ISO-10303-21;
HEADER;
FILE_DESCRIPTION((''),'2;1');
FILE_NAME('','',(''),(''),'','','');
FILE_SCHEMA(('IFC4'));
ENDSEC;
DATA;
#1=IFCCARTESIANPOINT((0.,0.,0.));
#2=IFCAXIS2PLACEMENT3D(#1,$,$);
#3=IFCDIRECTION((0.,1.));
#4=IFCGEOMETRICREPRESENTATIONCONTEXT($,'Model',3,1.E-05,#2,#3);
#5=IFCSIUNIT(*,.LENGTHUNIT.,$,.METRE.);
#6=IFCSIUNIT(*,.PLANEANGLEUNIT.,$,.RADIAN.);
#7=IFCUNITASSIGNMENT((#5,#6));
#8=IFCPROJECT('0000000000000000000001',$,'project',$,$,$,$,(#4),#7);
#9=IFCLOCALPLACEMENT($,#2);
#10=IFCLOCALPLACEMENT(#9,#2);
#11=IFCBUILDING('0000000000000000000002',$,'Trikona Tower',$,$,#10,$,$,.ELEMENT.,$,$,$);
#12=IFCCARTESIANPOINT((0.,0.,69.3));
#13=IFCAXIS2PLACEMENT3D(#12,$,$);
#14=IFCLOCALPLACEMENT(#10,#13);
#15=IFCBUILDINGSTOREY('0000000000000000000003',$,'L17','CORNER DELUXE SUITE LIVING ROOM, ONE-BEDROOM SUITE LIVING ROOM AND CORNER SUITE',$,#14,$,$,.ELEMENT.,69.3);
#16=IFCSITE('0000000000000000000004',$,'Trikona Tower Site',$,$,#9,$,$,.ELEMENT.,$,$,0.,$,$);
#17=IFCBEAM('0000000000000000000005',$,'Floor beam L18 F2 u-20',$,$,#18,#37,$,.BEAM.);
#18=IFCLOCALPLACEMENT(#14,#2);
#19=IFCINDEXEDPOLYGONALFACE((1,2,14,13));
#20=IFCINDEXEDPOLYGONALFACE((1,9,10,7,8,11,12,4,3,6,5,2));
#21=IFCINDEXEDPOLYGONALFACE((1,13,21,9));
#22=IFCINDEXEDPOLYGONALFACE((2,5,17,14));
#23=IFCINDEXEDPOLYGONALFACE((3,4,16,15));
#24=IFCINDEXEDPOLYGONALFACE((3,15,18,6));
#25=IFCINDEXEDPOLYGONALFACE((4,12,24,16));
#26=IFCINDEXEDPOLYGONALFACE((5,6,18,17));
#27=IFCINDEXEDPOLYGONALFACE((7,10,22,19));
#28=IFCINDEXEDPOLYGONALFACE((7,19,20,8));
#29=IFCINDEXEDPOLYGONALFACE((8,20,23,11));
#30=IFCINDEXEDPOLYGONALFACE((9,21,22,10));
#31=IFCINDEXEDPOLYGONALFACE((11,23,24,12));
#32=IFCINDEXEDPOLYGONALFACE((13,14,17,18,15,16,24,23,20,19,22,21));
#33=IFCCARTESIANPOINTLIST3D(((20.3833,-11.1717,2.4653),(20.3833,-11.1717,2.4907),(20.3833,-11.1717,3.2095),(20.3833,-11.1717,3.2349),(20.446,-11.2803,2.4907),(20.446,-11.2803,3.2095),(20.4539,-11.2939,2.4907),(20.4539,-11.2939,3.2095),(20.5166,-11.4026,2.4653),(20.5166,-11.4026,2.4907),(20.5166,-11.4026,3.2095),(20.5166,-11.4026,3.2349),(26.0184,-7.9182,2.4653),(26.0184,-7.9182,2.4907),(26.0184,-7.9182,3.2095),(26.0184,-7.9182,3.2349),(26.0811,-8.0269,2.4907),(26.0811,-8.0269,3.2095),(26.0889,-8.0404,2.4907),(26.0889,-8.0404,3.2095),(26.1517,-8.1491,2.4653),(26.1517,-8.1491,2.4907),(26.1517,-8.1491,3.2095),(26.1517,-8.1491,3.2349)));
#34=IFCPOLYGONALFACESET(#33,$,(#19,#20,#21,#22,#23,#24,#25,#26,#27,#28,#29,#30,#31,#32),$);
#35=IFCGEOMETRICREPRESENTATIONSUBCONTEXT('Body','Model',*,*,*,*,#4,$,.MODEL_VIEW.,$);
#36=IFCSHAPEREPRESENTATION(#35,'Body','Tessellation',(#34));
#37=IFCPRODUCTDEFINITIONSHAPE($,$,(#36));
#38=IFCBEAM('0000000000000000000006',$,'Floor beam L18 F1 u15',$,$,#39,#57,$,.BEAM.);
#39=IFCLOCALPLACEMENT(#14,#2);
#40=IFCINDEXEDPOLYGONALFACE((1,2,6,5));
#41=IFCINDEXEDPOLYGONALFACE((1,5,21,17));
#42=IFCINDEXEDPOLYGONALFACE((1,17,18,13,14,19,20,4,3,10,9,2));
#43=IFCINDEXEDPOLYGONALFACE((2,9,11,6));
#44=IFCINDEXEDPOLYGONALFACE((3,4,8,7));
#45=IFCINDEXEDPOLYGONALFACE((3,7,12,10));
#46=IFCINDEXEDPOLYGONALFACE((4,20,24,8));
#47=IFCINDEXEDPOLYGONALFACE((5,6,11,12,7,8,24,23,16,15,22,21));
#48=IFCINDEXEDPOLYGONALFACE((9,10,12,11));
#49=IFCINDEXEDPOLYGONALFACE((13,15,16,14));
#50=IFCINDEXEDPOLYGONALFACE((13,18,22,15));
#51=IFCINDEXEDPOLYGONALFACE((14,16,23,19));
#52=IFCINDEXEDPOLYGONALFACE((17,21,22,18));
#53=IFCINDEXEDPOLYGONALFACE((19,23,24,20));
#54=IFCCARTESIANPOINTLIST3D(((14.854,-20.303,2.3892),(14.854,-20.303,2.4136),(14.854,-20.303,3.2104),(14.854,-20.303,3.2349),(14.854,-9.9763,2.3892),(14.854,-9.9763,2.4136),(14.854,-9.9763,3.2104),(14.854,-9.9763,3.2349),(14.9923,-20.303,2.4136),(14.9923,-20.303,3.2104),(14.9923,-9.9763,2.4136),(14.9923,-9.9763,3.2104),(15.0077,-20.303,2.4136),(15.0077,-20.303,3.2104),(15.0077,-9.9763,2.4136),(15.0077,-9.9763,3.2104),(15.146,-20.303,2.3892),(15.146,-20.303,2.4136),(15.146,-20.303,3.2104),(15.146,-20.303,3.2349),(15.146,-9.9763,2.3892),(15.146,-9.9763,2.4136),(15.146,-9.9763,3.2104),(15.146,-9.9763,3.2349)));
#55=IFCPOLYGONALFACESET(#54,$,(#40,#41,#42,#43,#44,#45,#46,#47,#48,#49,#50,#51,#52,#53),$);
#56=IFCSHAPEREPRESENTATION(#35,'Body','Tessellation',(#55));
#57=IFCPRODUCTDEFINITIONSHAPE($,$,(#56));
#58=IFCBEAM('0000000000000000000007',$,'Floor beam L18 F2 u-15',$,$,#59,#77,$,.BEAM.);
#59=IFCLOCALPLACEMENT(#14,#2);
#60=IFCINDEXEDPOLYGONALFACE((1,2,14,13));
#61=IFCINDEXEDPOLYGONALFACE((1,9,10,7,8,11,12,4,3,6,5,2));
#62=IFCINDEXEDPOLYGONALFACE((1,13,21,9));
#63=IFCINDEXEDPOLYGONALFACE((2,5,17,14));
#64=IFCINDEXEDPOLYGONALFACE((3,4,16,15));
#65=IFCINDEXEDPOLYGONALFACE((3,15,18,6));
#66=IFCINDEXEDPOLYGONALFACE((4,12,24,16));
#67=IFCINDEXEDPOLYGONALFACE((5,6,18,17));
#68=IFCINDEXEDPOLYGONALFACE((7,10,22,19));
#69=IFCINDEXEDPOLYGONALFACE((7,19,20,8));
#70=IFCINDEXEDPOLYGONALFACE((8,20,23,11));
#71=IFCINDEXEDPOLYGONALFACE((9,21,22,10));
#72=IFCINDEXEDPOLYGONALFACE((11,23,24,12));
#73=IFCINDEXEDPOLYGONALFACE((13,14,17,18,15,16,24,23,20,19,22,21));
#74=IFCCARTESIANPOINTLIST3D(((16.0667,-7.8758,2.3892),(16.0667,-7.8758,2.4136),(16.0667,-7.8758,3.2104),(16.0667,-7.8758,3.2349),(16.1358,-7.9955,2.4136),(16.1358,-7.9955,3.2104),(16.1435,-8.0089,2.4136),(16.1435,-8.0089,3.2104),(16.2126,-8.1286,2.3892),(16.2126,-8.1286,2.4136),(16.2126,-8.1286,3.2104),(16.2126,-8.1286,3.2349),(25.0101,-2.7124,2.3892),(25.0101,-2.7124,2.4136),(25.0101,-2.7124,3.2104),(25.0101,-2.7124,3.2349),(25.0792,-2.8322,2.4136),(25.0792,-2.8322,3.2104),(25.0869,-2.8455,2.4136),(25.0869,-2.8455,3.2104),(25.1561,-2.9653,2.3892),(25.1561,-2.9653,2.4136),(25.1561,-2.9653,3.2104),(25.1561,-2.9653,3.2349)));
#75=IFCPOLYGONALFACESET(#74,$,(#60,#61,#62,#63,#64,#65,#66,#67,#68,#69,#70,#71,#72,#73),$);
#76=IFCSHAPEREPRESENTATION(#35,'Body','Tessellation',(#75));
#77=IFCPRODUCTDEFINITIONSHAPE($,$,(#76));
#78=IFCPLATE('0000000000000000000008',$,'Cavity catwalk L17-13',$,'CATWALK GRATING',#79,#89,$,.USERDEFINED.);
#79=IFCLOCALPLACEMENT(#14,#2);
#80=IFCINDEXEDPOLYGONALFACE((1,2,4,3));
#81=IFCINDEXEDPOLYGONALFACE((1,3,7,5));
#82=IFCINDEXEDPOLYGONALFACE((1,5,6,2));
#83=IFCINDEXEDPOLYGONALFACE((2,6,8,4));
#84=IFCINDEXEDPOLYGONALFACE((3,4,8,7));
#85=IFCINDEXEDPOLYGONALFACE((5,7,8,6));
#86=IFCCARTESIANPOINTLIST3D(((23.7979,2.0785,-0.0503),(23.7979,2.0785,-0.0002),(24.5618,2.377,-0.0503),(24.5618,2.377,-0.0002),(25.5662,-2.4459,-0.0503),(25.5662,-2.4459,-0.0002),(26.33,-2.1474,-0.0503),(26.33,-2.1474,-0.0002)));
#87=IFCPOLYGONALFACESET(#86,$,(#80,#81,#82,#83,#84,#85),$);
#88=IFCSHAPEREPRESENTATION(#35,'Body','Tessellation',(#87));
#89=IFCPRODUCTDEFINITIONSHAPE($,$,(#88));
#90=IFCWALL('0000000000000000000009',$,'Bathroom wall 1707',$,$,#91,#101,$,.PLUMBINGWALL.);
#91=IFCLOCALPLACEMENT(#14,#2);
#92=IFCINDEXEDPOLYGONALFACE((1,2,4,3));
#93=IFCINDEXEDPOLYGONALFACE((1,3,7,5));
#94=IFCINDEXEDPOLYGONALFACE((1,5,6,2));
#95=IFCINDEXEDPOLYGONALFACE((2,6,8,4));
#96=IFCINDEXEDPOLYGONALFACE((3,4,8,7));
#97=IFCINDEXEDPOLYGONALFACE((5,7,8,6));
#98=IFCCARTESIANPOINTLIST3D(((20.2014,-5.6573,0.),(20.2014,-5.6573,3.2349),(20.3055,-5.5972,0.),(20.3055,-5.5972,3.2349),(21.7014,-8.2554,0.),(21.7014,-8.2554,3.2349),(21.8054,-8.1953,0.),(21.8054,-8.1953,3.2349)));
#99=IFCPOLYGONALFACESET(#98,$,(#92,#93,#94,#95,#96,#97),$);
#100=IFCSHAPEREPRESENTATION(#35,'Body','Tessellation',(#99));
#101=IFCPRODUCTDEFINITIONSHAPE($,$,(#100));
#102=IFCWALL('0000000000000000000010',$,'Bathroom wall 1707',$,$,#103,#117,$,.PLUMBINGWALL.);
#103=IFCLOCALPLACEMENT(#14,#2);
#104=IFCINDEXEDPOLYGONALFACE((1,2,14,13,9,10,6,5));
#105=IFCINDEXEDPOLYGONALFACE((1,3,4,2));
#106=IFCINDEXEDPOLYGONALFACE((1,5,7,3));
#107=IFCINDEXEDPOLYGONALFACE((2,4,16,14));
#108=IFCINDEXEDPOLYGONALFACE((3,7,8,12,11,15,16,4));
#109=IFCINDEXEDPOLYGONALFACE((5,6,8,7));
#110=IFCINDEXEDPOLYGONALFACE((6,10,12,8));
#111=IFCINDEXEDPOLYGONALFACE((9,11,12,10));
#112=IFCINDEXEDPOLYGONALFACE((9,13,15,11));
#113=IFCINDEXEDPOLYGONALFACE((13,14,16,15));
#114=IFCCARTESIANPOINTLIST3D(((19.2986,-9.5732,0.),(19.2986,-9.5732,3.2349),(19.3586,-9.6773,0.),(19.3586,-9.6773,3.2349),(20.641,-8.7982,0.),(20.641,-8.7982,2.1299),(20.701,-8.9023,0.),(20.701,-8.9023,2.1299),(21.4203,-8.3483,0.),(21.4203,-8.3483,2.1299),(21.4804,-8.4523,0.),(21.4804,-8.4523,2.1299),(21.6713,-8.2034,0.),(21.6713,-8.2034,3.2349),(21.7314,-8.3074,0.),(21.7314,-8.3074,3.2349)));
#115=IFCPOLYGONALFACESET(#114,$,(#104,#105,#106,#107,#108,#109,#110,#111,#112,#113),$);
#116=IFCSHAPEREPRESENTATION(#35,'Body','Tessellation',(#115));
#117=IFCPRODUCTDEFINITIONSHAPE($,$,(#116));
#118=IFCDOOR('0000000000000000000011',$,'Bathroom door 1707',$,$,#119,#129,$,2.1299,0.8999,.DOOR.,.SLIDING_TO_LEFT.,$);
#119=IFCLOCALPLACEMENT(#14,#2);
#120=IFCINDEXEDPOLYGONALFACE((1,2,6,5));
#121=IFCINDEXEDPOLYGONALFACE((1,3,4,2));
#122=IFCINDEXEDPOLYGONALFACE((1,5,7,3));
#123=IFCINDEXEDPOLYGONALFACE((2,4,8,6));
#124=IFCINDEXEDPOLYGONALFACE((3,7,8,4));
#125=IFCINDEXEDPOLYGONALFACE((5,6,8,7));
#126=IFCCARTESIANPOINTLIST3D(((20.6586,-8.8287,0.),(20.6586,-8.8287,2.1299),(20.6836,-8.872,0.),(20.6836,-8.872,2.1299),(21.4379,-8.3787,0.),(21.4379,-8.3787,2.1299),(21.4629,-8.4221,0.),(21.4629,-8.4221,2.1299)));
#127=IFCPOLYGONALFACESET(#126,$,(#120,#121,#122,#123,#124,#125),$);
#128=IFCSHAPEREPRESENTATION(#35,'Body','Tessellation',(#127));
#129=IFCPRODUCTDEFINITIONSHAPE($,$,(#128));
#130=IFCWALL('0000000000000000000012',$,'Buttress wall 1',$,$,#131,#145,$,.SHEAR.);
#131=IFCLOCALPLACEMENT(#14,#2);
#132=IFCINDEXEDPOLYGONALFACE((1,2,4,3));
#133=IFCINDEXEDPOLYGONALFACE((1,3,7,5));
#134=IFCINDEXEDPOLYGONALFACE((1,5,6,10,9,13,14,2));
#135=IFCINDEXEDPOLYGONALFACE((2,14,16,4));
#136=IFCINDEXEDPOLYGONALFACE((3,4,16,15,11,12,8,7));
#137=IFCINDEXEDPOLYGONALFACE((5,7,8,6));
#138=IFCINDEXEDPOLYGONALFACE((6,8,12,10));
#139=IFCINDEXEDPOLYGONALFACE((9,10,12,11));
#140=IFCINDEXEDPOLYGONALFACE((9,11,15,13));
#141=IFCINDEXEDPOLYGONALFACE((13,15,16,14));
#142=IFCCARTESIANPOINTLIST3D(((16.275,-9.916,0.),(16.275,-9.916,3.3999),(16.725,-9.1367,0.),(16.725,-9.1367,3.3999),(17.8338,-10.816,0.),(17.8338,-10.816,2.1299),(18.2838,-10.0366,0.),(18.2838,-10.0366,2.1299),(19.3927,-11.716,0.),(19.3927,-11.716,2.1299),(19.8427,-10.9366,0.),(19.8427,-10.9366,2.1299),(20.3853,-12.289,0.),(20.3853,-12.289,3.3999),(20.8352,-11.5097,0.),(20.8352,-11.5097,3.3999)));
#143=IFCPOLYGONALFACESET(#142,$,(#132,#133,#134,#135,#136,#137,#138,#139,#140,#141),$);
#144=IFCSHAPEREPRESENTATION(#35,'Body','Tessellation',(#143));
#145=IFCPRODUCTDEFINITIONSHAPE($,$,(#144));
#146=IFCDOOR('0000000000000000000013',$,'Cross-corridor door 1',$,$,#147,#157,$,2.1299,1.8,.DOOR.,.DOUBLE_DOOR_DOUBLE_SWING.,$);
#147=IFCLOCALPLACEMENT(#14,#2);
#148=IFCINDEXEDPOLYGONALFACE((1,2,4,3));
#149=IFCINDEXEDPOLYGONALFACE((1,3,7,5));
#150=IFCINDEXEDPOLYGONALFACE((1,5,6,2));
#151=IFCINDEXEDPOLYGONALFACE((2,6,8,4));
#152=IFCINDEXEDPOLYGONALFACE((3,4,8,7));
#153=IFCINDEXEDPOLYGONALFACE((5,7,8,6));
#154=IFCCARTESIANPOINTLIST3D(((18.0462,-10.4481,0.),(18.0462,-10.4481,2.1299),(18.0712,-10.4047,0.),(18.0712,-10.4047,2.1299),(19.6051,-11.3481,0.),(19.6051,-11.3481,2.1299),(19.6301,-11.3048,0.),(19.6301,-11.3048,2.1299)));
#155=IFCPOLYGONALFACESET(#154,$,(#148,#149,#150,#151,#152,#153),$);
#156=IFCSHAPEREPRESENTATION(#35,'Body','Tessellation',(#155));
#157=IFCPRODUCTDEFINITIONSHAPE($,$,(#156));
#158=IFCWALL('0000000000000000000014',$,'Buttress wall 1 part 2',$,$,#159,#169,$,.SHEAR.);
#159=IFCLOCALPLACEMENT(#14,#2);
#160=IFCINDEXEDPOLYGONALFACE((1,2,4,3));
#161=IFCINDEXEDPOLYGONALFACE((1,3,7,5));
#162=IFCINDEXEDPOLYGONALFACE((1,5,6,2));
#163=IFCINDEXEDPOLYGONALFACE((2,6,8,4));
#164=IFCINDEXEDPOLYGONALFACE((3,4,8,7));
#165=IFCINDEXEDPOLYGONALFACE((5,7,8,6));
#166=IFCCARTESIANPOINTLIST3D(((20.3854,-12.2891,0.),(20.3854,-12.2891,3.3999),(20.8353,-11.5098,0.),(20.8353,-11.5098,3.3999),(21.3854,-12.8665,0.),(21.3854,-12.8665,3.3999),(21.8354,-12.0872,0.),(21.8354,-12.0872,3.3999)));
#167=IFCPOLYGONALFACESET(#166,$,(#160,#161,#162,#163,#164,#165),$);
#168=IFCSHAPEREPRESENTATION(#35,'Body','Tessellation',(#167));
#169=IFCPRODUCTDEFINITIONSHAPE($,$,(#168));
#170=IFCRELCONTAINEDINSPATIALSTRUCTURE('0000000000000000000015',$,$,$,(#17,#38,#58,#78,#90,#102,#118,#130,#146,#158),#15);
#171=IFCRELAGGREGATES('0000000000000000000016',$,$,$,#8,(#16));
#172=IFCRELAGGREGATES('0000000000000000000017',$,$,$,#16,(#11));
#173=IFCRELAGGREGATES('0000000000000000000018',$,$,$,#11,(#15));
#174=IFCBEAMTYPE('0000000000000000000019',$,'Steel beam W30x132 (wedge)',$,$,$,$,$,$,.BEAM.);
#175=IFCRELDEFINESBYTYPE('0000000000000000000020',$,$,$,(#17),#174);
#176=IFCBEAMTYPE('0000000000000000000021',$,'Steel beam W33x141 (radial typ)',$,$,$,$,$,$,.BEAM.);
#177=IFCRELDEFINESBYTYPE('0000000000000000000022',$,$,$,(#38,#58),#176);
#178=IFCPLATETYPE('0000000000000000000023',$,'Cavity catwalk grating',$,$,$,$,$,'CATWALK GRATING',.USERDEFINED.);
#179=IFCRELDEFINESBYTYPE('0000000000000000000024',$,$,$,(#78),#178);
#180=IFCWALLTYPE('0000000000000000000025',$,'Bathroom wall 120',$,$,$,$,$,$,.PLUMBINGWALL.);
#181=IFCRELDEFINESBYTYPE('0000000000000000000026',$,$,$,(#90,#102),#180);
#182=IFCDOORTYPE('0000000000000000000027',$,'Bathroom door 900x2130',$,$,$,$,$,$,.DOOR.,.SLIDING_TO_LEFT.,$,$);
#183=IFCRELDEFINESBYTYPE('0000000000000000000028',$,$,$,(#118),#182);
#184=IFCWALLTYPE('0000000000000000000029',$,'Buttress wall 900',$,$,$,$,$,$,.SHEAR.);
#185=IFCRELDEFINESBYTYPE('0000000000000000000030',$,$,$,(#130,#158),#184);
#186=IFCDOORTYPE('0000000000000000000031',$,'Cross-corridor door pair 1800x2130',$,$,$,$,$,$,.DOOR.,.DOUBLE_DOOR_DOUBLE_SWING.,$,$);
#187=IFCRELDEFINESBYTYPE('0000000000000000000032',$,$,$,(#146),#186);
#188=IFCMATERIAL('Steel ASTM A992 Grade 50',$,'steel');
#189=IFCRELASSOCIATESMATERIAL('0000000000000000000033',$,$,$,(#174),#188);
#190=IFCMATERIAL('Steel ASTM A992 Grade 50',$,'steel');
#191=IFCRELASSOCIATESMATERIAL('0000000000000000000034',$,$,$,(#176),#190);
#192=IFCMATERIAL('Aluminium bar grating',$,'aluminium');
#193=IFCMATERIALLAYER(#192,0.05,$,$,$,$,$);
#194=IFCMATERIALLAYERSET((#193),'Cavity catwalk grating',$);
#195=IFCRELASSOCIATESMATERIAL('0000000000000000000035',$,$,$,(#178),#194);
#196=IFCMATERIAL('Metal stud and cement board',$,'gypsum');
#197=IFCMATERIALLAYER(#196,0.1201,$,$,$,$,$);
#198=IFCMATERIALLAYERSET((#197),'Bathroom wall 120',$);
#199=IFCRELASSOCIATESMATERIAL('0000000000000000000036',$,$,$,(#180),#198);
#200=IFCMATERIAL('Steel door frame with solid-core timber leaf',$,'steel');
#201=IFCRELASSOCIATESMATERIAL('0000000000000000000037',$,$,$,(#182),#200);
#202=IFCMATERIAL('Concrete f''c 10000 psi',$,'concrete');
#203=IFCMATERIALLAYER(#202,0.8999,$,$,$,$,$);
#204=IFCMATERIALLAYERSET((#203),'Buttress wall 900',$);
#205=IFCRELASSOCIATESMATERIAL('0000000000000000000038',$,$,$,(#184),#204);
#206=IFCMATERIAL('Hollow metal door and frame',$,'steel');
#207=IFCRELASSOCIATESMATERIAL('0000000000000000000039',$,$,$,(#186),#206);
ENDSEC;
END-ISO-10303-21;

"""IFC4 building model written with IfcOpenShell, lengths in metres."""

from ifc_helpers import new_model, si_unit, direction, frame, frame_2d, origin, origin_2d, place, context, subcontext, project, spatial, rectangle, i_section, extrude, material, layer, layer_set, material_profile, profile_set, type_object, element, fill, save


model = new_model("IFC4")

# Units and contexts
model_context = context("Model", 3, precision=1e-05, world=origin(), true_north=direction((0.0, 1.0)))
body_context = subcontext(model_context, "Body", "Model", "MODEL_VIEW")
ifc_project = project(units=[si_unit("LENGTHUNIT", "METRE"), si_unit("PLANEANGLEUNIT", "RADIAN")], contexts=[model_context])

# Site, building, storey
site_placement = place(None, origin())
site = spatial("IfcSite", under=ifc_project, at=site_placement, Name="Trikona Tower Site", CompositionType="ELEMENT", RefElevation=0.0)
building_placement = place(site_placement, origin())
building = spatial("IfcBuilding", under=site, at=building_placement, Name="Trikona Tower", CompositionType="ELEMENT")
storey_placement = place(building_placement, frame((0.0, 0.0, 69.3)))
storey = spatial("IfcBuildingStorey", under=building, at=storey_placement, Name="L17", Description="CORNER DELUXE SUITE LIVING ROOM, ONE-BEDROOM SUITE LIVING ROOM AND CORNER SUITE", CompositionType="ELEMENT", Elevation=69.3)

# Beams
ifc_material_1 = material(Name="Steel ASTM A992 Grade 50", Category="steel")
ifc_material_profile_1 = material_profile(ifc_material_1, i_section(OverallWidth=0.2666, OverallDepth=0.7695, WebThickness=0.0156, FlangeThickness=0.0254, at=origin_2d()), Name="W30X132")
ifc_profile_set_1 = profile_set([ifc_material_profile_1], Name="Steel ASTM A992 Grade 50")
beam_type_1 = type_object("IfcBeamType", Name="Steel beam W30x132 (wedge)", PredefinedType="BEAM", material=ifc_profile_set_1)
beam_1_placement = place(storey_placement, frame((20.45, -11.2871, 2.8501), z_axis=(0.866023, 0.500005, 0.0), x_axis=(-0.500005, 0.866023, 0.0)))
element("IfcBeam", 1, at=beam_1_placement, inside=storey, type_object=beam_type_1, Name="Floor beam L18 F2 u-20", PredefinedType="BEAM", context=body_context, shape_type="SweptSolid", body=[
    extrude(i_section(OverallWidth=0.2666, OverallDepth=0.7695, WebThickness=0.0156, FlangeThickness=0.0254, at=origin_2d()), origin(), (0.0, 0.0, 1.0), 6.5068),
])
ifc_material_2 = material(Name="Steel ASTM A992 Grade 50", Category="steel")
ifc_material_profile_2 = material_profile(ifc_material_2, i_section(OverallWidth=0.292, OverallDepth=0.8457, WebThickness=0.0154, FlangeThickness=0.0244, at=origin_2d()), Name="W33X141")
ifc_profile_set_2 = profile_set([ifc_material_profile_2], Name="Steel ASTM A992 Grade 50")
beam_type_2 = type_object("IfcBeamType", Name="Steel beam W33x141 (radial typ)", PredefinedType="BEAM", material=ifc_profile_set_2)
beam_2_placement = place(storey_placement, frame((15.0, -9.9763, 2.812), z_axis=(0.0, -1.0, 0.0), x_axis=(1.0, 0.0, 0.0)))
element("IfcBeam", 2, at=beam_2_placement, inside=storey, type_object=beam_type_2, Name="Floor beam L18 F1 u15", PredefinedType="BEAM", context=body_context, shape_type="SweptSolid", body=[
    extrude(i_section(OverallWidth=0.292, OverallDepth=0.8457, WebThickness=0.0154, FlangeThickness=0.0244, at=origin_2d()), origin(), (0.0, 0.0, 1.0), 10.3267),
])
beam_3_placement = place(storey_placement, frame((16.1396, -8.0022, 2.812), z_axis=(0.86603, 0.499991, 0.0), x_axis=(-0.499991, 0.86603, 0.0)))
element("IfcBeam", 3, at=beam_3_placement, inside=storey, type_object=beam_type_2, Name="Floor beam L18 F2 u-15", PredefinedType="BEAM", context=body_context, shape_type="SweptSolid", body=[
    extrude(i_section(OverallWidth=0.292, OverallDepth=0.8457, WebThickness=0.0154, FlangeThickness=0.0244, at=origin_2d()), origin(), (0.0, 0.0, 1.0), 10.3269),
])

# Plate
ifc_material_3 = material(Name="Aluminium bar grating", Category="aluminium")
ifc_layer_1 = layer(ifc_material_3, 0.05)
ifc_layer_set_1 = layer_set([ifc_layer_1], Name="Cavity catwalk grating")
plate_type = type_object("IfcPlateType", Name="Cavity catwalk grating", ElementType="CATWALK GRATING", PredefinedType="USERDEFINED", material=ifc_layer_set_1)
plate_placement = place(storey_placement, frame((25.064, -0.0344, -0.0503), z_axis=(0.0, 0.0, 1.0), x_axis=(-0.364009, 0.931395, 0.0)))
element("IfcPlate", 4, at=plate_placement, inside=storey, type_object=plate_type, Name="Cavity catwalk L17-13", ObjectType="CATWALK GRATING", PredefinedType="USERDEFINED", context=body_context, shape_type="SweptSolid", body=[
    extrude(rectangle(XDim=4.8577, YDim=0.8201, at=origin_2d()), origin(), (0.0, 0.0, 1.0), 0.05),
])

# Wall
ifc_material_4 = material(Name="Metal stud and cement board", Category="gypsum")
ifc_layer_2 = layer(ifc_material_4, 0.1201)
ifc_layer_set_2 = layer_set([ifc_layer_2], Name="Bathroom wall 120")
wall_type_1 = type_object("IfcWallType", Name="Bathroom wall 120", PredefinedType="PLUMBINGWALL", material=ifc_layer_set_2)
wall_1_placement = place(storey_placement, frame((21.7534, -8.2253, 0.0), z_axis=(0.0, 0.0, 1.0), x_axis=(-0.49999, 0.866031, 0.0)))
element("IfcWall", 5, at=wall_1_placement, inside=storey, type_object=wall_type_1, Name="Bathroom wall 1707", PredefinedType="PLUMBINGWALL", context=body_context, shape_type="SweptSolid", body=[
    extrude(rectangle(XDim=3.0, YDim=0.1201, at=frame_2d((1.5, 0.0))), origin(), (0.0, 0.0, 1.0), 3.2349),
])

# Walls, openings, doors
wall_2_placement = place(storey_placement, frame((19.3286, -9.6252, 0.0), z_axis=(0.0, 0.0, 1.0), x_axis=(0.866036, 0.499982, 0.0)))
wall_2 = element("IfcWall", 6, at=wall_2_placement, inside=storey, type_object=wall_type_1, Name="Bathroom wall 1707", PredefinedType="PLUMBINGWALL", context=body_context, shape_type="SweptSolid", body=[
    extrude(rectangle(XDim=2.7397, YDim=0.1201, at=frame_2d((1.3699, 0.0))), origin(), (0.0, 0.0, 1.0), 3.2349),
])
opening_1_placement = place(wall_2_placement, frame((1.55, 0.0, 0.0)))
opening_1 = element("IfcOpeningElement", 7, at=opening_1_placement, cuts=wall_2, PredefinedType="OPENING", context=body_context, shape_type="SweptSolid", body=[
    extrude(rectangle(XDim=0.8999, YDim=2.1299, at=frame_2d((0.45, 1.0649))), frame((0.0, 0.0701, 0.0), z_axis=(0.0, -1.0, 0.0), x_axis=(1.0, 0.0, 0.0)), (0.0, 0.0, 1.0), 0.1401),
])
ifc_material_5 = material(Name="Steel door frame with solid-core timber leaf", Category="steel")
door_type_1 = type_object("IfcDoorType", Name="Bathroom door 900x2130", OperationType="SLIDING_TO_LEFT", PredefinedType="DOOR", material=ifc_material_5)
door_1_placement = place(opening_1_placement, origin())
door_1 = element("IfcDoor", 8, at=door_1_placement, inside=storey, type_object=door_type_1, Name="Bathroom door 1707", OperationType="SLIDING_TO_LEFT", OverallHeight=2.1299, OverallWidth=0.8999, PredefinedType="DOOR", context=body_context, shape_type="SweptSolid", body=[
    extrude(rectangle(XDim=0.8999, YDim=2.1299, at=frame_2d((0.45, 1.0649))), frame((0.0, 0.0249, 0.0), z_axis=(0.0, -1.0, 0.0), x_axis=(1.0, 0.0, 0.0)), (0.0, 0.0, 1.0), 0.05),
])
fill(opening_1, door_1)
ifc_material_6 = material(Name="Concrete f'c 10000 psi", Category="concrete")
ifc_layer_3 = layer(ifc_material_6, 0.8999)
ifc_layer_set_3 = layer_set([ifc_layer_3], Name="Buttress wall 900")
wall_type_2 = type_object("IfcWallType", Name="Buttress wall 900", PredefinedType="SHEAR", material=ifc_layer_set_3)
wall_3_placement = place(storey_placement, frame((16.5, -9.5264, 0.0), z_axis=(0.0, 0.0, 1.0), x_axis=(0.866031, -0.49999, 0.0)))
wall_3 = element("IfcWall", 9, at=wall_3_placement, inside=storey, type_object=wall_type_2, Name="Buttress wall 1", PredefinedType="SHEAR", context=body_context, shape_type="SweptSolid", body=[
    extrude(rectangle(XDim=4.7461, YDim=0.8999, at=frame_2d((2.373, 0.0))), origin(), (0.0, 0.0, 1.0), 3.3999),
])
opening_2_placement = place(wall_3_placement, frame((1.8, 0.0, 0.0)))
opening_2 = element("IfcOpeningElement", 10, at=opening_2_placement, cuts=wall_3, PredefinedType="OPENING", context=body_context, shape_type="SweptSolid", body=[
    extrude(rectangle(XDim=1.8, YDim=2.1299, at=frame_2d((0.8999, 1.0649))), frame((0.0, 0.46, 0.0), z_axis=(0.0, -1.0, 0.0), x_axis=(1.0, 0.0, 0.0)), (0.0, 0.0, 1.0), 0.9199),
])
ifc_material_7 = material(Name="Hollow metal door and frame", Category="steel")
door_type_2 = type_object("IfcDoorType", Name="Cross-corridor door pair 1800x2130", OperationType="DOUBLE_DOOR_DOUBLE_SWING", PredefinedType="DOOR", material=ifc_material_7)
door_2_placement = place(opening_2_placement, origin())
door_2 = element("IfcDoor", 11, at=door_2_placement, inside=storey, type_object=door_type_2, Name="Cross-corridor door 1", OperationType="DOUBLE_DOOR_DOUBLE_SWING", OverallHeight=2.1299, OverallWidth=1.8, PredefinedType="DOOR", context=body_context, shape_type="SweptSolid", body=[
    extrude(rectangle(XDim=1.8, YDim=2.1299, at=frame_2d((0.8999, 1.0649))), frame((0.0, 0.0249, 0.0), z_axis=(0.0, -1.0, 0.0), x_axis=(1.0, 0.0, 0.0)), (0.0, 0.0, 1.0), 0.05),
])
fill(opening_2, door_2)

# Wall
wall_4_placement = place(storey_placement, frame((20.6104, -11.8994, 0.0), z_axis=(0.0, 0.0, 1.0), x_axis=(0.86601, -0.500027, 0.0)))
element("IfcWall", 12, at=wall_4_placement, inside=storey, type_object=wall_type_2, Name="Buttress wall 1 part 2", PredefinedType="SHEAR", context=body_context, shape_type="SweptSolid", body=[
    extrude(rectangle(XDim=1.1548, YDim=0.8999, at=frame_2d((0.5774, 0.0))), origin(), (0.0, 0.0, 1.0), 3.3999),
])

save(model, "model.ifc")
